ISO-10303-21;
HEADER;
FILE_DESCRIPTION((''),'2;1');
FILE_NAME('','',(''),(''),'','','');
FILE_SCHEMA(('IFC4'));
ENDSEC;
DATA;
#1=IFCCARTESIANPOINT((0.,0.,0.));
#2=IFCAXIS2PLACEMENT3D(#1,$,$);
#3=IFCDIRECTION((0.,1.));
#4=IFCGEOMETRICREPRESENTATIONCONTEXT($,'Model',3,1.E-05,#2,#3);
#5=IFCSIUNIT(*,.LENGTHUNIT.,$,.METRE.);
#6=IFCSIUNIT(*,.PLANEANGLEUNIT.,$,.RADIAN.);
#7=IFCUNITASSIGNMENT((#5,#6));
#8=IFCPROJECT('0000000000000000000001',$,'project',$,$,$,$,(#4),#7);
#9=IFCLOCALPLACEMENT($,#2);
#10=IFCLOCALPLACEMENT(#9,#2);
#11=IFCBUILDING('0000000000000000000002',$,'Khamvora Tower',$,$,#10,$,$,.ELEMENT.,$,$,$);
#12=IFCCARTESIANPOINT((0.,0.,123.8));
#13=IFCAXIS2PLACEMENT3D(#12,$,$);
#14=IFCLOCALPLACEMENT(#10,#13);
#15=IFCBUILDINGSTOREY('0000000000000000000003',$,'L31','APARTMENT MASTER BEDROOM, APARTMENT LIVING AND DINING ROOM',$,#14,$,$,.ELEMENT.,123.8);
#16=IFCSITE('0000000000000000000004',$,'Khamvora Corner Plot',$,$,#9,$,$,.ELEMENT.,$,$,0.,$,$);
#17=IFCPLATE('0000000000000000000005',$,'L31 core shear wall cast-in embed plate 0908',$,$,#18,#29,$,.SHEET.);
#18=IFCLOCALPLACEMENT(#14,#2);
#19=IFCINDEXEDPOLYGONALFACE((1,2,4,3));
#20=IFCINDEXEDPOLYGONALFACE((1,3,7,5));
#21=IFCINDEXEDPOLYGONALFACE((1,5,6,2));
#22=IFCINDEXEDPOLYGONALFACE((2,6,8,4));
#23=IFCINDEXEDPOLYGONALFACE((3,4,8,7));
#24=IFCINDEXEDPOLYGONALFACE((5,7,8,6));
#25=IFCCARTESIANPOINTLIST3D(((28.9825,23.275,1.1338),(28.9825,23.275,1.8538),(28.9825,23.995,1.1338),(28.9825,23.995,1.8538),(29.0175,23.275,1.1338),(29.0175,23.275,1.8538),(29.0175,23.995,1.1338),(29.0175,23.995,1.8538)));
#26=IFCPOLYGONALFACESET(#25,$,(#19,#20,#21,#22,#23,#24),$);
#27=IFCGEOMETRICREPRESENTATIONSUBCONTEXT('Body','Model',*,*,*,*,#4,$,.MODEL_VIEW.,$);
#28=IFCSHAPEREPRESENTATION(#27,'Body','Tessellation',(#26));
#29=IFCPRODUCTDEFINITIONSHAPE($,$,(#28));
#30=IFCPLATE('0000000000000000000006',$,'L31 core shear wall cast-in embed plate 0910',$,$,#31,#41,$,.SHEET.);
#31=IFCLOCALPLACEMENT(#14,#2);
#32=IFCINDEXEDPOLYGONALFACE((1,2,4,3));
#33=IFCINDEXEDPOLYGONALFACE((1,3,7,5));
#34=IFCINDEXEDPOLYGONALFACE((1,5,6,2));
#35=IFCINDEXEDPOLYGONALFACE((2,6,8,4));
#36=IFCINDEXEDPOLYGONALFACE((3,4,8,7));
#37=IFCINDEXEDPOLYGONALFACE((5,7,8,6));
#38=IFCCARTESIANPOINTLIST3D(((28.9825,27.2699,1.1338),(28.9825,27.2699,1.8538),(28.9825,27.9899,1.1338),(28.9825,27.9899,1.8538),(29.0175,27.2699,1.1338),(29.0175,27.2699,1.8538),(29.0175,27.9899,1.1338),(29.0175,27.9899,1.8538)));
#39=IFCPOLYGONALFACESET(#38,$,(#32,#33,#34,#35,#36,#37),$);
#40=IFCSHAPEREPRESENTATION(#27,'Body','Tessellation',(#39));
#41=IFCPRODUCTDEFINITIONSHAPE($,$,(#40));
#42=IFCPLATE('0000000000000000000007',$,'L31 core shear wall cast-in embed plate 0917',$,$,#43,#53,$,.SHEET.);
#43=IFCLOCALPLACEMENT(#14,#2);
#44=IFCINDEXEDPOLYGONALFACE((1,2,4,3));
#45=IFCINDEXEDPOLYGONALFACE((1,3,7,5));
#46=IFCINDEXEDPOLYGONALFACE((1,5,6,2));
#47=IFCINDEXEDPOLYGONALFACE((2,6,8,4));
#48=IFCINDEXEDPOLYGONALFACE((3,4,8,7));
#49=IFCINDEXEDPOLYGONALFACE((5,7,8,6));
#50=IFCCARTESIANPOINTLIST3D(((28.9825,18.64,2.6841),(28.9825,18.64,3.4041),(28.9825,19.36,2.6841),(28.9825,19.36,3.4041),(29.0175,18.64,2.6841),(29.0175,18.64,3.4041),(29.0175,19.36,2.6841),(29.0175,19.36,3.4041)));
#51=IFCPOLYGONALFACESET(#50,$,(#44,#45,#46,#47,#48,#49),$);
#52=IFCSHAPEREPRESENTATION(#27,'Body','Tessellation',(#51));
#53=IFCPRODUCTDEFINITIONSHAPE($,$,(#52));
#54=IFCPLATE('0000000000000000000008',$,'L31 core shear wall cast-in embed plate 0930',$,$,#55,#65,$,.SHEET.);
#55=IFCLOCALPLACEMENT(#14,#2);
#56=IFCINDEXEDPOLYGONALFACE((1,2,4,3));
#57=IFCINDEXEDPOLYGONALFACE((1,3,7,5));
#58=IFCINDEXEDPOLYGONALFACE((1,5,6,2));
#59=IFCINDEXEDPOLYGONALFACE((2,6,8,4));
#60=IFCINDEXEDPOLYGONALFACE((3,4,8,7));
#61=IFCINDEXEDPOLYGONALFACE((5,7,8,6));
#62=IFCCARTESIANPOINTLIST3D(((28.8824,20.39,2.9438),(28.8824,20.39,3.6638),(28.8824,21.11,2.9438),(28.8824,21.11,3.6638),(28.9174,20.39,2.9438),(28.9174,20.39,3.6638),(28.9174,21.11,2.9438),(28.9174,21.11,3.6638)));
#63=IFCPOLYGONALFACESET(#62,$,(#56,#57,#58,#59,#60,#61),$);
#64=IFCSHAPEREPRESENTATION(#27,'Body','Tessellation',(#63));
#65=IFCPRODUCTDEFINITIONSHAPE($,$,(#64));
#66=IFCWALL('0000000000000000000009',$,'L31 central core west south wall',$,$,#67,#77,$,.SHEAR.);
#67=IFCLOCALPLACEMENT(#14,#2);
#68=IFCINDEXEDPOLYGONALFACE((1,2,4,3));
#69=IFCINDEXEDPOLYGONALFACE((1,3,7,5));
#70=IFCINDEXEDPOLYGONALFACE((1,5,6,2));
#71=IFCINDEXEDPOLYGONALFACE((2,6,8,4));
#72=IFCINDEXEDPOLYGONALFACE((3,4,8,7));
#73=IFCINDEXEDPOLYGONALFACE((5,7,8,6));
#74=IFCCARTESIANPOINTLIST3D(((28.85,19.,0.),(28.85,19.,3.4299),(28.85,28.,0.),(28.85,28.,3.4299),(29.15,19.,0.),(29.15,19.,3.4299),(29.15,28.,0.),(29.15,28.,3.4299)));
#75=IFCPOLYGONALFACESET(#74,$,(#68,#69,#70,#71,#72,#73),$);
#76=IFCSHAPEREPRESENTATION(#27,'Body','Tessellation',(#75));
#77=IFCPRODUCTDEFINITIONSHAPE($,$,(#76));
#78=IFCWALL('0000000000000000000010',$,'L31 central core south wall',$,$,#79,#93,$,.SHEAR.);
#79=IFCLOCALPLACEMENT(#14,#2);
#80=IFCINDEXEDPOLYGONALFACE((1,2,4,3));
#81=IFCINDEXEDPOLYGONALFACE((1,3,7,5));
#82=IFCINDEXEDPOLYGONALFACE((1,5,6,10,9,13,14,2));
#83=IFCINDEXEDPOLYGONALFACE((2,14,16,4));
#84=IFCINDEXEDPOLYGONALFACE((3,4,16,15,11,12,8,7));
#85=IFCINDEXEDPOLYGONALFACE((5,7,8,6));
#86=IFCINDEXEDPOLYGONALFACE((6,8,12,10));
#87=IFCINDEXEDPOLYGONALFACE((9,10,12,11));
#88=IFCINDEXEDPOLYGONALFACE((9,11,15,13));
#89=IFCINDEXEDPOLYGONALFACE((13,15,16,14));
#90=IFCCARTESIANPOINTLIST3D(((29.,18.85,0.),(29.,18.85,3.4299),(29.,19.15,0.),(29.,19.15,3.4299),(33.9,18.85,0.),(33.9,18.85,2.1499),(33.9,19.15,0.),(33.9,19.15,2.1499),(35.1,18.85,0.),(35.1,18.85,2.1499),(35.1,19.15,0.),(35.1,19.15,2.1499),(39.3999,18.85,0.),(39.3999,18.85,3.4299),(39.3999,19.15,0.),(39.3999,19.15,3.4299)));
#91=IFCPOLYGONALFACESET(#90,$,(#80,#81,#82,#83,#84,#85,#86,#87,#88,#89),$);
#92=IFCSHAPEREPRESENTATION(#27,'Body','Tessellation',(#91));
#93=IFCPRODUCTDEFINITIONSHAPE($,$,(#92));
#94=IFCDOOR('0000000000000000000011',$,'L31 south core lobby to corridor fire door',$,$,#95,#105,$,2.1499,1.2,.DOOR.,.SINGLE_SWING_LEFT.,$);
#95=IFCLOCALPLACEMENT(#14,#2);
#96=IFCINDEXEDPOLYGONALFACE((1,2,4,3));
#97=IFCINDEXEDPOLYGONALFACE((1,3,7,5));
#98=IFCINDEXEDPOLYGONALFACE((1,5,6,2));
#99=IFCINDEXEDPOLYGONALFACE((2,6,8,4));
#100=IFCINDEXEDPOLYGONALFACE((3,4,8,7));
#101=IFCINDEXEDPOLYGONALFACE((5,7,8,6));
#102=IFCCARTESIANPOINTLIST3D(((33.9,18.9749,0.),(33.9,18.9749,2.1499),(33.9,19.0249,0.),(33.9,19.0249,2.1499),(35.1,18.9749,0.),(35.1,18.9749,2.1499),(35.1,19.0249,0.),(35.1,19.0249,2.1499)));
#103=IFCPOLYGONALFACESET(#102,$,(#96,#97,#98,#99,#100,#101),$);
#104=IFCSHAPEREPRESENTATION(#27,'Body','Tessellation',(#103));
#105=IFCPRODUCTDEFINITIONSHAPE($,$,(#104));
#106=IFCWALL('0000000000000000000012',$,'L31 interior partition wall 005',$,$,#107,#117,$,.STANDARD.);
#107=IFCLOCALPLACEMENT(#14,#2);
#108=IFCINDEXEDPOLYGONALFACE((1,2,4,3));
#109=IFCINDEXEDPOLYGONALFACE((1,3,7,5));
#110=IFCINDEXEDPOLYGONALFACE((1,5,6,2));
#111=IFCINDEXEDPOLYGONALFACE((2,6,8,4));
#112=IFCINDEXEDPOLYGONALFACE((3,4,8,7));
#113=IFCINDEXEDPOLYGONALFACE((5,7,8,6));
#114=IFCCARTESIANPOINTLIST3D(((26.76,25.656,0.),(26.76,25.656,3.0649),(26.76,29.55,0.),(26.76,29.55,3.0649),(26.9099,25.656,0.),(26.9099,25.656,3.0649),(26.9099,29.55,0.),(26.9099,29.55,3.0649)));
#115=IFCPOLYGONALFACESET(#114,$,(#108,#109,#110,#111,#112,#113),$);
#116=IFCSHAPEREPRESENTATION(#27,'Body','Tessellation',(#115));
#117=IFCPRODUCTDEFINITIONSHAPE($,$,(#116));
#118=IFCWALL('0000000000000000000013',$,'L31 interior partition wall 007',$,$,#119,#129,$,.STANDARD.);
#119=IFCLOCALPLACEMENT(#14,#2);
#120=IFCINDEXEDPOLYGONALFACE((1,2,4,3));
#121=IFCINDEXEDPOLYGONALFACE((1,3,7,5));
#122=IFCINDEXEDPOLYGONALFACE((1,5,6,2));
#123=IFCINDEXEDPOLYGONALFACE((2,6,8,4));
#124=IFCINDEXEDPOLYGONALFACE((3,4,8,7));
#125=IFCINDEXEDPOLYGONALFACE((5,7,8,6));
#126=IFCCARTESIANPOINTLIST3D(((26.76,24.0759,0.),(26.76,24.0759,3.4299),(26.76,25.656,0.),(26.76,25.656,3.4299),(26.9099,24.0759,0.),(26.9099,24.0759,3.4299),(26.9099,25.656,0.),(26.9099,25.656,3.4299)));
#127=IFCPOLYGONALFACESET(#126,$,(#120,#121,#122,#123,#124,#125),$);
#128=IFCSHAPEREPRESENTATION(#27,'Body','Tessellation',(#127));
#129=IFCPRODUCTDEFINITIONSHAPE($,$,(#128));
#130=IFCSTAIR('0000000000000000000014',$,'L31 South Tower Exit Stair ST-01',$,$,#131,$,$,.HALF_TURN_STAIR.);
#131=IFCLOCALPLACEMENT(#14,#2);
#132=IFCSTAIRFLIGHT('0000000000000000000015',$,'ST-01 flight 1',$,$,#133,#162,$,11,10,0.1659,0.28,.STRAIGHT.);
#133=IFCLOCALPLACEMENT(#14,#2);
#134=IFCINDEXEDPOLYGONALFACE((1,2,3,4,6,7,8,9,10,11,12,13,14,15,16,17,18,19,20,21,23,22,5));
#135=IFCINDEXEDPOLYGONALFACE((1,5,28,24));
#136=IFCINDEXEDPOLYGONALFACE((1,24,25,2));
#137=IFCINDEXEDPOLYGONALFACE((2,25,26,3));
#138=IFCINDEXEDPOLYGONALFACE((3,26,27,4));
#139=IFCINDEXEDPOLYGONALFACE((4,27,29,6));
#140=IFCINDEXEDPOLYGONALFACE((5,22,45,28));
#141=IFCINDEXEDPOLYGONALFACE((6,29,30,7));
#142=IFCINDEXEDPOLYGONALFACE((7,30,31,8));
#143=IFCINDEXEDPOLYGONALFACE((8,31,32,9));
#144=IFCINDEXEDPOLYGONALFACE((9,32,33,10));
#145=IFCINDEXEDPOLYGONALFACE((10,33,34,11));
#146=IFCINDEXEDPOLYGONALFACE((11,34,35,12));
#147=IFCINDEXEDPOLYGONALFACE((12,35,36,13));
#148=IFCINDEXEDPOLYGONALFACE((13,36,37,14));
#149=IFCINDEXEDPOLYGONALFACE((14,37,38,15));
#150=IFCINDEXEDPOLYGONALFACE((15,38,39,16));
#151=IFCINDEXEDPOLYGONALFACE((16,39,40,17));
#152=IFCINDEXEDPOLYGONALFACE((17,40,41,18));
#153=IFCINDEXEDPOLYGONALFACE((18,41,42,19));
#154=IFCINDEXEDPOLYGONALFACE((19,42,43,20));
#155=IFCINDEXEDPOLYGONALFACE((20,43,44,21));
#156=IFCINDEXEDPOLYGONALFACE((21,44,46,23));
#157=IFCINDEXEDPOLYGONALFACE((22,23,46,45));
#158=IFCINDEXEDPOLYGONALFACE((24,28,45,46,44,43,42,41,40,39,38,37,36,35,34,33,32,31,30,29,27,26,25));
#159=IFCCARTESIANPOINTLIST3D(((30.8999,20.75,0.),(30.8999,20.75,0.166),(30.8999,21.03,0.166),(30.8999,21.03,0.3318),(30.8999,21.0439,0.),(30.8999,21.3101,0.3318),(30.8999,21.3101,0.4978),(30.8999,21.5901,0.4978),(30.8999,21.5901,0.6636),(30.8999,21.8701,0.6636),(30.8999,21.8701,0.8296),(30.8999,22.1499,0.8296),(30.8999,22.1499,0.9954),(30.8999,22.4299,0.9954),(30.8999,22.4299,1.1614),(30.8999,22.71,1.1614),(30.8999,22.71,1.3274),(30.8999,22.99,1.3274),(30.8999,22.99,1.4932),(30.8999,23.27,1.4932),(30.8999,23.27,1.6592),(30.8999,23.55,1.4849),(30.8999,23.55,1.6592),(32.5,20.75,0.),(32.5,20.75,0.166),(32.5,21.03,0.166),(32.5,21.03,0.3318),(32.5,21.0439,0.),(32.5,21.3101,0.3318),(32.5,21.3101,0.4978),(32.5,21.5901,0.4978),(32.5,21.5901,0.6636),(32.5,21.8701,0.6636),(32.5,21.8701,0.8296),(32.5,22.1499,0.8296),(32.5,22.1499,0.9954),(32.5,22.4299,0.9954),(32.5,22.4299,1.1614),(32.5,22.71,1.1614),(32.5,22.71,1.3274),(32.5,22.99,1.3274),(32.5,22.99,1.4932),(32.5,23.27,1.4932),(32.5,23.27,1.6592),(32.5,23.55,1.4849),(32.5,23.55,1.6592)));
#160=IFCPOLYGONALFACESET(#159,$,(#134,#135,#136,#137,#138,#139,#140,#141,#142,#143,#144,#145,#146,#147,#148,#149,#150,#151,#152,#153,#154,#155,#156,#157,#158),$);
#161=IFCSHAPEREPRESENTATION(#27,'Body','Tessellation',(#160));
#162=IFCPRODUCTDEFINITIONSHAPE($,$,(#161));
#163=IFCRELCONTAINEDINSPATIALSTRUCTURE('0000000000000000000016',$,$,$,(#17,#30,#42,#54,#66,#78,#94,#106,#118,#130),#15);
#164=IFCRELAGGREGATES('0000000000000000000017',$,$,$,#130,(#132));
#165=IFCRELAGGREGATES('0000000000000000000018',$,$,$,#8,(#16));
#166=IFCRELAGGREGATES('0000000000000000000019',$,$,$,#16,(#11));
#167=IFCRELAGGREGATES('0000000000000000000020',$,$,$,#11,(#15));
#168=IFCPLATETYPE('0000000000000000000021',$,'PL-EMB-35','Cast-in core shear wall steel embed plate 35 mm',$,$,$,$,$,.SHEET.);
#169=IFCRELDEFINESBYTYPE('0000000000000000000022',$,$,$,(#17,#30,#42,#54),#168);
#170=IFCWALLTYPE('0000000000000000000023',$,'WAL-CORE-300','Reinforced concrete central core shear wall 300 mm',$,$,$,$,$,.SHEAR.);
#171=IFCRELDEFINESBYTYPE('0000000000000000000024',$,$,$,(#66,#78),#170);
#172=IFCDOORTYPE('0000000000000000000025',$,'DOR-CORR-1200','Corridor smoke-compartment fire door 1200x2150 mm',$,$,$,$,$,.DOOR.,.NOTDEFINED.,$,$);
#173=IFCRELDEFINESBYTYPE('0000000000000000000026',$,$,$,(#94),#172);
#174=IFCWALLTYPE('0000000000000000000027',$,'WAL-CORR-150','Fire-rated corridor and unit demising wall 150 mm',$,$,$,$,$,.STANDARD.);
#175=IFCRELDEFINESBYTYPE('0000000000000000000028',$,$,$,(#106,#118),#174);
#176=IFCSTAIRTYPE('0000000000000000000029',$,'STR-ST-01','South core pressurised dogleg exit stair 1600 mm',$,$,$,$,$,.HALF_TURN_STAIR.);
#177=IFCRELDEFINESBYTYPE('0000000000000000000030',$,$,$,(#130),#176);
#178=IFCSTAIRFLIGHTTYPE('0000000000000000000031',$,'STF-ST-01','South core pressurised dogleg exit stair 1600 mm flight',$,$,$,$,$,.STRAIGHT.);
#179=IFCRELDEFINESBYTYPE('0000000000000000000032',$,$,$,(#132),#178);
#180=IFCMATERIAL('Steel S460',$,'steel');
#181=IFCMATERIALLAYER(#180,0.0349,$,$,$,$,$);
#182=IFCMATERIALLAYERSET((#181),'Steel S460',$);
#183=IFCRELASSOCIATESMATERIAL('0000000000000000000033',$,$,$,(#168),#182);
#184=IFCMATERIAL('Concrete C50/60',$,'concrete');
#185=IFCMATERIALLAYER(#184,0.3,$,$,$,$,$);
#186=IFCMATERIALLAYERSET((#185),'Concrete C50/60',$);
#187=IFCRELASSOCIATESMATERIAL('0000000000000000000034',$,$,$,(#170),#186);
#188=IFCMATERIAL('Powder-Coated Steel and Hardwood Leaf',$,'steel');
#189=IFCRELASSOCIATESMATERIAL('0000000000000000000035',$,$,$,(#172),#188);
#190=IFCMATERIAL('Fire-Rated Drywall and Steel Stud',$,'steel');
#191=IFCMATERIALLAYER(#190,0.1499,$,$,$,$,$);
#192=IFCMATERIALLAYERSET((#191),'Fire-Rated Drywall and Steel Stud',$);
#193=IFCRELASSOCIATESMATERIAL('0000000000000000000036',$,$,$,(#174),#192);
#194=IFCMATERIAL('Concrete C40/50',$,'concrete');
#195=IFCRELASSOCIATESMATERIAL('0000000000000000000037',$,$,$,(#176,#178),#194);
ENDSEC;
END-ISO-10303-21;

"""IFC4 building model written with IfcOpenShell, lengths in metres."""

from ifc_helpers import new_model, si_unit, direction, frame, frame_2d, origin, origin_2d, place, context, subcontext, project, spatial, polyline, rectangle, outline, extrude, material, layer, layer_set, type_object, element, fill, aggregate, save


model = new_model("IFC4")

# Units and contexts
model_context = context("Model", 3, precision=1e-05, world=origin(), true_north=direction((0.0, 1.0)))
body_context = subcontext(model_context, "Body", "Model", "MODEL_VIEW")
ifc_project = project(units=[si_unit("LENGTHUNIT", "METRE"), si_unit("PLANEANGLEUNIT", "RADIAN")], contexts=[model_context])

# Site, building, storey
site_placement = place(None, origin())
site = spatial("IfcSite", under=ifc_project, at=site_placement, Name="Khamvora Corner Plot", CompositionType="ELEMENT", RefElevation=0.0)
building_placement = place(site_placement, origin())
building = spatial("IfcBuilding", under=site, at=building_placement, Name="Khamvora Tower", CompositionType="ELEMENT")
storey_placement = place(building_placement, frame((0.0, 0.0, 123.8)))
storey = spatial("IfcBuildingStorey", under=building, at=storey_placement, Name="L31", Description="APARTMENT MASTER BEDROOM, APARTMENT LIVING AND DINING ROOM", CompositionType="ELEMENT", Elevation=123.8)

# Plates
ifc_material_1 = material(Name="Steel S460", Category="steel")
ifc_layer_1 = layer(ifc_material_1, 0.0349)
ifc_layer_set_1 = layer_set([ifc_layer_1], Name="Steel S460")
plate_type = type_object("IfcPlateType", Name="PL-EMB-35", Description="Cast-in core shear wall steel embed plate 35 mm", PredefinedType="SHEET", material=ifc_layer_set_1)
for number, where, z_axis, x_axis, name in (
    (1, (29.0, 23.635, 1.1338), (0.0, 0.0, 1.0), (1.0, 0.0, 0.0), "L31 core shear wall cast-in embed plate 0908"),
    (2, (29.0, 27.6299, 1.1338), (0.0, 0.0, 1.0), (1.0, 0.0, 0.0), "L31 core shear wall cast-in embed plate 0910"),
    (3, (29.0, 19.0, 2.6841), (0.0, 0.0, 1.0), (1.0, 0.0, 0.0), "L31 core shear wall cast-in embed plate 0917"),
    (4, (28.8999, 20.75, 2.9438), (0.0, 0.0, 1.0), (1.0, 0.0, 0.0), "L31 core shear wall cast-in embed plate 0930"),
):
    element("IfcPlate", number, at=place(storey_placement, frame(where, z_axis=z_axis, x_axis=x_axis)), inside=storey, type_object=plate_type, Name=name, PredefinedType="SHEET", context=body_context, shape_type="SweptSolid", body=[
        extrude(rectangle(XDim=0.0349, YDim=0.72, at=origin_2d()), origin(), (0.0, 0.0, 1.0), 0.72),
    ])

# Wall
ifc_material_2 = material(Name="Concrete C50/60", Category="concrete")
ifc_layer_2 = layer(ifc_material_2, 0.3)
ifc_layer_set_2 = layer_set([ifc_layer_2], Name="Concrete C50/60")
wall_type_1 = type_object("IfcWallType", Name="WAL-CORE-300", Description="Reinforced concrete central core shear wall 300 mm", PredefinedType="SHEAR", material=ifc_layer_set_2)
wall_1_placement = place(storey_placement, frame((29.0, 19.0, 0.0), z_axis=(0.0, 0.0, 1.0), x_axis=(0.0, 1.0, 0.0)))
element("IfcWall", 5, at=wall_1_placement, inside=storey, type_object=wall_type_1, Name="L31 central core west south wall", PredefinedType="SHEAR", context=body_context, shape_type="SweptSolid", body=[
    extrude(rectangle(XDim=9.0, YDim=0.3, at=frame_2d((4.5, 0.0))), origin(), (0.0, 0.0, 1.0), 3.4299),
])

# Wall, opening, door
wall_2_placement = place(storey_placement, frame((29.0, 19.0, 0.0), z_axis=(0.0, 0.0, 1.0), x_axis=(1.0, 0.0, 0.0)))
wall_2 = element("IfcWall", 6, at=wall_2_placement, inside=storey, type_object=wall_type_1, Name="L31 central core south wall", PredefinedType="SHEAR", context=body_context, shape_type="SweptSolid", body=[
    extrude(rectangle(XDim=10.3999, YDim=0.3, at=frame_2d((5.2, 0.0))), origin(), (0.0, 0.0, 1.0), 3.4299),
])
opening_placement = place(wall_2_placement, frame((4.8999, 0.0, 0.0)))
opening = element("IfcOpeningElement", 7, at=opening_placement, cuts=wall_2, PredefinedType="OPENING", context=body_context, shape_type="SweptSolid", body=[
    extrude(rectangle(XDim=1.2, YDim=2.1499, at=frame_2d((0.6001, 1.075))), frame((0.0, 0.1599, 0.0), z_axis=(0.0, -1.0, 0.0), x_axis=(1.0, 0.0, 0.0)), (0.0, 0.0, 1.0), 0.3201),
])
ifc_material_3 = material(Name="Powder-Coated Steel and Hardwood Leaf", Category="steel")
door_type = type_object("IfcDoorType", Name="DOR-CORR-1200", Description="Corridor smoke-compartment fire door 1200x2150 mm", OperationType="NOTDEFINED", PredefinedType="DOOR", material=ifc_material_3)
door_placement = place(opening_placement, origin())
door = element("IfcDoor", 8, at=door_placement, inside=storey, type_object=door_type, Name="L31 south core lobby to corridor fire door", OperationType="SINGLE_SWING_LEFT", OverallHeight=2.1499, OverallWidth=1.2, PredefinedType="DOOR", context=body_context, shape_type="SweptSolid", body=[
    extrude(rectangle(XDim=1.2, YDim=2.1499, at=frame_2d((0.6001, 1.075))), frame((0.0, 0.0249, 0.0), z_axis=(0.0, -1.0, 0.0), x_axis=(1.0, 0.0, 0.0)), (0.0, 0.0, 1.0), 0.05),
])
fill(opening, door)

# Walls
ifc_material_4 = material(Name="Fire-Rated Drywall and Steel Stud", Category="steel")
ifc_layer_3 = layer(ifc_material_4, 0.1499)
ifc_layer_set_3 = layer_set([ifc_layer_3], Name="Fire-Rated Drywall and Steel Stud")
wall_type_2 = type_object("IfcWallType", Name="WAL-CORR-150", Description="Fire-rated corridor and unit demising wall 150 mm", PredefinedType="STANDARD", material=ifc_layer_set_3)
wall_3_placement = place(storey_placement, frame((26.835, 25.656, 0.0), z_axis=(0.0, 0.0, 1.0), x_axis=(0.0, 1.0, 0.0)))
element("IfcWall", 9, at=wall_3_placement, inside=storey, type_object=wall_type_2, Name="L31 interior partition wall 005", PredefinedType="STANDARD", context=body_context, shape_type="SweptSolid", body=[
    extrude(rectangle(XDim=3.894, YDim=0.1499, at=frame_2d((1.947, 0.0))), origin(), (0.0, 0.0, 1.0), 3.0649),
])
wall_4_placement = place(storey_placement, frame((26.835, 24.0759, 0.0), z_axis=(0.0, 0.0, 1.0), x_axis=(0.0, 1.0, 0.0)))
element("IfcWall", 10, at=wall_4_placement, inside=storey, type_object=wall_type_2, Name="L31 interior partition wall 007", PredefinedType="STANDARD", context=body_context, shape_type="SweptSolid", body=[
    extrude(rectangle(XDim=1.5801, YDim=0.1499, at=frame_2d((0.79, 0.0))), origin(), (0.0, 0.0, 1.0), 3.4299),
])

# Stair, stair flight
ifc_material_5 = material(Name="Concrete C40/50", Category="concrete")
stair_type = type_object("IfcStairType", Name="STR-ST-01", Description="South core pressurised dogleg exit stair 1600 mm", PredefinedType="HALF_TURN_STAIR", material=ifc_material_5)
stair_placement = place(storey_placement, origin())
stair = element("IfcStair", 11, at=stair_placement, inside=storey, type_object=stair_type, Name="L31 South Tower Exit Stair ST-01", PredefinedType="HALF_TURN_STAIR")
stair_flight_type = type_object("IfcStairFlightType", Name="STF-ST-01", Description="South core pressurised dogleg exit stair 1600 mm flight", PredefinedType="STRAIGHT", material=ifc_material_5)
stair_flight_1_placement = place(storey_placement, frame((31.7, 20.75, 0.0), z_axis=(0.0, 0.0, 1.0), x_axis=(0.0, 1.0, 0.0)))
stair_flight_1 = element("IfcStairFlight", 12, at=stair_flight_1_placement, type_object=stair_flight_type, Name="ST-01 flight 1", NumberOfRisers=11, NumberOfTreads=10, PredefinedType="STRAIGHT", RiserHeight=0.1659, TreadLength=0.28, context=body_context, shape_type="SweptSolid", body=[
    extrude(outline(polyline([(0.0, 0.0), (0.0, 0.166), (0.28, 0.166), (0.28, 0.3318), (0.5601, 0.3318), (0.5601, 0.4978), (0.8401, 0.4978), (0.8401, 0.6636), (1.1201, 0.6636), (1.1201, 0.8296), (1.3999, 0.8296), (1.3999, 0.9954), (1.6799, 0.9954), (1.6799, 1.1614), (1.96, 1.1614), (1.96, 1.3274), (2.24, 1.3274), (2.24, 1.4932), (2.52, 1.4932), (2.52, 1.6592), (2.8, 1.6592), (2.8, 1.825), (2.8, 1.4849), (0.2939, 0.0), (0.0, 0.0)])), frame((0.0, 0.8, 0.0), z_axis=(0.0, -1.0, 0.0), x_axis=(1.0, 0.0, 0.0)), (0.0, 0.0, 1.0), 1.6001),
])
aggregate(stair, [stair_flight_1])

save(model, "model.ifc")
